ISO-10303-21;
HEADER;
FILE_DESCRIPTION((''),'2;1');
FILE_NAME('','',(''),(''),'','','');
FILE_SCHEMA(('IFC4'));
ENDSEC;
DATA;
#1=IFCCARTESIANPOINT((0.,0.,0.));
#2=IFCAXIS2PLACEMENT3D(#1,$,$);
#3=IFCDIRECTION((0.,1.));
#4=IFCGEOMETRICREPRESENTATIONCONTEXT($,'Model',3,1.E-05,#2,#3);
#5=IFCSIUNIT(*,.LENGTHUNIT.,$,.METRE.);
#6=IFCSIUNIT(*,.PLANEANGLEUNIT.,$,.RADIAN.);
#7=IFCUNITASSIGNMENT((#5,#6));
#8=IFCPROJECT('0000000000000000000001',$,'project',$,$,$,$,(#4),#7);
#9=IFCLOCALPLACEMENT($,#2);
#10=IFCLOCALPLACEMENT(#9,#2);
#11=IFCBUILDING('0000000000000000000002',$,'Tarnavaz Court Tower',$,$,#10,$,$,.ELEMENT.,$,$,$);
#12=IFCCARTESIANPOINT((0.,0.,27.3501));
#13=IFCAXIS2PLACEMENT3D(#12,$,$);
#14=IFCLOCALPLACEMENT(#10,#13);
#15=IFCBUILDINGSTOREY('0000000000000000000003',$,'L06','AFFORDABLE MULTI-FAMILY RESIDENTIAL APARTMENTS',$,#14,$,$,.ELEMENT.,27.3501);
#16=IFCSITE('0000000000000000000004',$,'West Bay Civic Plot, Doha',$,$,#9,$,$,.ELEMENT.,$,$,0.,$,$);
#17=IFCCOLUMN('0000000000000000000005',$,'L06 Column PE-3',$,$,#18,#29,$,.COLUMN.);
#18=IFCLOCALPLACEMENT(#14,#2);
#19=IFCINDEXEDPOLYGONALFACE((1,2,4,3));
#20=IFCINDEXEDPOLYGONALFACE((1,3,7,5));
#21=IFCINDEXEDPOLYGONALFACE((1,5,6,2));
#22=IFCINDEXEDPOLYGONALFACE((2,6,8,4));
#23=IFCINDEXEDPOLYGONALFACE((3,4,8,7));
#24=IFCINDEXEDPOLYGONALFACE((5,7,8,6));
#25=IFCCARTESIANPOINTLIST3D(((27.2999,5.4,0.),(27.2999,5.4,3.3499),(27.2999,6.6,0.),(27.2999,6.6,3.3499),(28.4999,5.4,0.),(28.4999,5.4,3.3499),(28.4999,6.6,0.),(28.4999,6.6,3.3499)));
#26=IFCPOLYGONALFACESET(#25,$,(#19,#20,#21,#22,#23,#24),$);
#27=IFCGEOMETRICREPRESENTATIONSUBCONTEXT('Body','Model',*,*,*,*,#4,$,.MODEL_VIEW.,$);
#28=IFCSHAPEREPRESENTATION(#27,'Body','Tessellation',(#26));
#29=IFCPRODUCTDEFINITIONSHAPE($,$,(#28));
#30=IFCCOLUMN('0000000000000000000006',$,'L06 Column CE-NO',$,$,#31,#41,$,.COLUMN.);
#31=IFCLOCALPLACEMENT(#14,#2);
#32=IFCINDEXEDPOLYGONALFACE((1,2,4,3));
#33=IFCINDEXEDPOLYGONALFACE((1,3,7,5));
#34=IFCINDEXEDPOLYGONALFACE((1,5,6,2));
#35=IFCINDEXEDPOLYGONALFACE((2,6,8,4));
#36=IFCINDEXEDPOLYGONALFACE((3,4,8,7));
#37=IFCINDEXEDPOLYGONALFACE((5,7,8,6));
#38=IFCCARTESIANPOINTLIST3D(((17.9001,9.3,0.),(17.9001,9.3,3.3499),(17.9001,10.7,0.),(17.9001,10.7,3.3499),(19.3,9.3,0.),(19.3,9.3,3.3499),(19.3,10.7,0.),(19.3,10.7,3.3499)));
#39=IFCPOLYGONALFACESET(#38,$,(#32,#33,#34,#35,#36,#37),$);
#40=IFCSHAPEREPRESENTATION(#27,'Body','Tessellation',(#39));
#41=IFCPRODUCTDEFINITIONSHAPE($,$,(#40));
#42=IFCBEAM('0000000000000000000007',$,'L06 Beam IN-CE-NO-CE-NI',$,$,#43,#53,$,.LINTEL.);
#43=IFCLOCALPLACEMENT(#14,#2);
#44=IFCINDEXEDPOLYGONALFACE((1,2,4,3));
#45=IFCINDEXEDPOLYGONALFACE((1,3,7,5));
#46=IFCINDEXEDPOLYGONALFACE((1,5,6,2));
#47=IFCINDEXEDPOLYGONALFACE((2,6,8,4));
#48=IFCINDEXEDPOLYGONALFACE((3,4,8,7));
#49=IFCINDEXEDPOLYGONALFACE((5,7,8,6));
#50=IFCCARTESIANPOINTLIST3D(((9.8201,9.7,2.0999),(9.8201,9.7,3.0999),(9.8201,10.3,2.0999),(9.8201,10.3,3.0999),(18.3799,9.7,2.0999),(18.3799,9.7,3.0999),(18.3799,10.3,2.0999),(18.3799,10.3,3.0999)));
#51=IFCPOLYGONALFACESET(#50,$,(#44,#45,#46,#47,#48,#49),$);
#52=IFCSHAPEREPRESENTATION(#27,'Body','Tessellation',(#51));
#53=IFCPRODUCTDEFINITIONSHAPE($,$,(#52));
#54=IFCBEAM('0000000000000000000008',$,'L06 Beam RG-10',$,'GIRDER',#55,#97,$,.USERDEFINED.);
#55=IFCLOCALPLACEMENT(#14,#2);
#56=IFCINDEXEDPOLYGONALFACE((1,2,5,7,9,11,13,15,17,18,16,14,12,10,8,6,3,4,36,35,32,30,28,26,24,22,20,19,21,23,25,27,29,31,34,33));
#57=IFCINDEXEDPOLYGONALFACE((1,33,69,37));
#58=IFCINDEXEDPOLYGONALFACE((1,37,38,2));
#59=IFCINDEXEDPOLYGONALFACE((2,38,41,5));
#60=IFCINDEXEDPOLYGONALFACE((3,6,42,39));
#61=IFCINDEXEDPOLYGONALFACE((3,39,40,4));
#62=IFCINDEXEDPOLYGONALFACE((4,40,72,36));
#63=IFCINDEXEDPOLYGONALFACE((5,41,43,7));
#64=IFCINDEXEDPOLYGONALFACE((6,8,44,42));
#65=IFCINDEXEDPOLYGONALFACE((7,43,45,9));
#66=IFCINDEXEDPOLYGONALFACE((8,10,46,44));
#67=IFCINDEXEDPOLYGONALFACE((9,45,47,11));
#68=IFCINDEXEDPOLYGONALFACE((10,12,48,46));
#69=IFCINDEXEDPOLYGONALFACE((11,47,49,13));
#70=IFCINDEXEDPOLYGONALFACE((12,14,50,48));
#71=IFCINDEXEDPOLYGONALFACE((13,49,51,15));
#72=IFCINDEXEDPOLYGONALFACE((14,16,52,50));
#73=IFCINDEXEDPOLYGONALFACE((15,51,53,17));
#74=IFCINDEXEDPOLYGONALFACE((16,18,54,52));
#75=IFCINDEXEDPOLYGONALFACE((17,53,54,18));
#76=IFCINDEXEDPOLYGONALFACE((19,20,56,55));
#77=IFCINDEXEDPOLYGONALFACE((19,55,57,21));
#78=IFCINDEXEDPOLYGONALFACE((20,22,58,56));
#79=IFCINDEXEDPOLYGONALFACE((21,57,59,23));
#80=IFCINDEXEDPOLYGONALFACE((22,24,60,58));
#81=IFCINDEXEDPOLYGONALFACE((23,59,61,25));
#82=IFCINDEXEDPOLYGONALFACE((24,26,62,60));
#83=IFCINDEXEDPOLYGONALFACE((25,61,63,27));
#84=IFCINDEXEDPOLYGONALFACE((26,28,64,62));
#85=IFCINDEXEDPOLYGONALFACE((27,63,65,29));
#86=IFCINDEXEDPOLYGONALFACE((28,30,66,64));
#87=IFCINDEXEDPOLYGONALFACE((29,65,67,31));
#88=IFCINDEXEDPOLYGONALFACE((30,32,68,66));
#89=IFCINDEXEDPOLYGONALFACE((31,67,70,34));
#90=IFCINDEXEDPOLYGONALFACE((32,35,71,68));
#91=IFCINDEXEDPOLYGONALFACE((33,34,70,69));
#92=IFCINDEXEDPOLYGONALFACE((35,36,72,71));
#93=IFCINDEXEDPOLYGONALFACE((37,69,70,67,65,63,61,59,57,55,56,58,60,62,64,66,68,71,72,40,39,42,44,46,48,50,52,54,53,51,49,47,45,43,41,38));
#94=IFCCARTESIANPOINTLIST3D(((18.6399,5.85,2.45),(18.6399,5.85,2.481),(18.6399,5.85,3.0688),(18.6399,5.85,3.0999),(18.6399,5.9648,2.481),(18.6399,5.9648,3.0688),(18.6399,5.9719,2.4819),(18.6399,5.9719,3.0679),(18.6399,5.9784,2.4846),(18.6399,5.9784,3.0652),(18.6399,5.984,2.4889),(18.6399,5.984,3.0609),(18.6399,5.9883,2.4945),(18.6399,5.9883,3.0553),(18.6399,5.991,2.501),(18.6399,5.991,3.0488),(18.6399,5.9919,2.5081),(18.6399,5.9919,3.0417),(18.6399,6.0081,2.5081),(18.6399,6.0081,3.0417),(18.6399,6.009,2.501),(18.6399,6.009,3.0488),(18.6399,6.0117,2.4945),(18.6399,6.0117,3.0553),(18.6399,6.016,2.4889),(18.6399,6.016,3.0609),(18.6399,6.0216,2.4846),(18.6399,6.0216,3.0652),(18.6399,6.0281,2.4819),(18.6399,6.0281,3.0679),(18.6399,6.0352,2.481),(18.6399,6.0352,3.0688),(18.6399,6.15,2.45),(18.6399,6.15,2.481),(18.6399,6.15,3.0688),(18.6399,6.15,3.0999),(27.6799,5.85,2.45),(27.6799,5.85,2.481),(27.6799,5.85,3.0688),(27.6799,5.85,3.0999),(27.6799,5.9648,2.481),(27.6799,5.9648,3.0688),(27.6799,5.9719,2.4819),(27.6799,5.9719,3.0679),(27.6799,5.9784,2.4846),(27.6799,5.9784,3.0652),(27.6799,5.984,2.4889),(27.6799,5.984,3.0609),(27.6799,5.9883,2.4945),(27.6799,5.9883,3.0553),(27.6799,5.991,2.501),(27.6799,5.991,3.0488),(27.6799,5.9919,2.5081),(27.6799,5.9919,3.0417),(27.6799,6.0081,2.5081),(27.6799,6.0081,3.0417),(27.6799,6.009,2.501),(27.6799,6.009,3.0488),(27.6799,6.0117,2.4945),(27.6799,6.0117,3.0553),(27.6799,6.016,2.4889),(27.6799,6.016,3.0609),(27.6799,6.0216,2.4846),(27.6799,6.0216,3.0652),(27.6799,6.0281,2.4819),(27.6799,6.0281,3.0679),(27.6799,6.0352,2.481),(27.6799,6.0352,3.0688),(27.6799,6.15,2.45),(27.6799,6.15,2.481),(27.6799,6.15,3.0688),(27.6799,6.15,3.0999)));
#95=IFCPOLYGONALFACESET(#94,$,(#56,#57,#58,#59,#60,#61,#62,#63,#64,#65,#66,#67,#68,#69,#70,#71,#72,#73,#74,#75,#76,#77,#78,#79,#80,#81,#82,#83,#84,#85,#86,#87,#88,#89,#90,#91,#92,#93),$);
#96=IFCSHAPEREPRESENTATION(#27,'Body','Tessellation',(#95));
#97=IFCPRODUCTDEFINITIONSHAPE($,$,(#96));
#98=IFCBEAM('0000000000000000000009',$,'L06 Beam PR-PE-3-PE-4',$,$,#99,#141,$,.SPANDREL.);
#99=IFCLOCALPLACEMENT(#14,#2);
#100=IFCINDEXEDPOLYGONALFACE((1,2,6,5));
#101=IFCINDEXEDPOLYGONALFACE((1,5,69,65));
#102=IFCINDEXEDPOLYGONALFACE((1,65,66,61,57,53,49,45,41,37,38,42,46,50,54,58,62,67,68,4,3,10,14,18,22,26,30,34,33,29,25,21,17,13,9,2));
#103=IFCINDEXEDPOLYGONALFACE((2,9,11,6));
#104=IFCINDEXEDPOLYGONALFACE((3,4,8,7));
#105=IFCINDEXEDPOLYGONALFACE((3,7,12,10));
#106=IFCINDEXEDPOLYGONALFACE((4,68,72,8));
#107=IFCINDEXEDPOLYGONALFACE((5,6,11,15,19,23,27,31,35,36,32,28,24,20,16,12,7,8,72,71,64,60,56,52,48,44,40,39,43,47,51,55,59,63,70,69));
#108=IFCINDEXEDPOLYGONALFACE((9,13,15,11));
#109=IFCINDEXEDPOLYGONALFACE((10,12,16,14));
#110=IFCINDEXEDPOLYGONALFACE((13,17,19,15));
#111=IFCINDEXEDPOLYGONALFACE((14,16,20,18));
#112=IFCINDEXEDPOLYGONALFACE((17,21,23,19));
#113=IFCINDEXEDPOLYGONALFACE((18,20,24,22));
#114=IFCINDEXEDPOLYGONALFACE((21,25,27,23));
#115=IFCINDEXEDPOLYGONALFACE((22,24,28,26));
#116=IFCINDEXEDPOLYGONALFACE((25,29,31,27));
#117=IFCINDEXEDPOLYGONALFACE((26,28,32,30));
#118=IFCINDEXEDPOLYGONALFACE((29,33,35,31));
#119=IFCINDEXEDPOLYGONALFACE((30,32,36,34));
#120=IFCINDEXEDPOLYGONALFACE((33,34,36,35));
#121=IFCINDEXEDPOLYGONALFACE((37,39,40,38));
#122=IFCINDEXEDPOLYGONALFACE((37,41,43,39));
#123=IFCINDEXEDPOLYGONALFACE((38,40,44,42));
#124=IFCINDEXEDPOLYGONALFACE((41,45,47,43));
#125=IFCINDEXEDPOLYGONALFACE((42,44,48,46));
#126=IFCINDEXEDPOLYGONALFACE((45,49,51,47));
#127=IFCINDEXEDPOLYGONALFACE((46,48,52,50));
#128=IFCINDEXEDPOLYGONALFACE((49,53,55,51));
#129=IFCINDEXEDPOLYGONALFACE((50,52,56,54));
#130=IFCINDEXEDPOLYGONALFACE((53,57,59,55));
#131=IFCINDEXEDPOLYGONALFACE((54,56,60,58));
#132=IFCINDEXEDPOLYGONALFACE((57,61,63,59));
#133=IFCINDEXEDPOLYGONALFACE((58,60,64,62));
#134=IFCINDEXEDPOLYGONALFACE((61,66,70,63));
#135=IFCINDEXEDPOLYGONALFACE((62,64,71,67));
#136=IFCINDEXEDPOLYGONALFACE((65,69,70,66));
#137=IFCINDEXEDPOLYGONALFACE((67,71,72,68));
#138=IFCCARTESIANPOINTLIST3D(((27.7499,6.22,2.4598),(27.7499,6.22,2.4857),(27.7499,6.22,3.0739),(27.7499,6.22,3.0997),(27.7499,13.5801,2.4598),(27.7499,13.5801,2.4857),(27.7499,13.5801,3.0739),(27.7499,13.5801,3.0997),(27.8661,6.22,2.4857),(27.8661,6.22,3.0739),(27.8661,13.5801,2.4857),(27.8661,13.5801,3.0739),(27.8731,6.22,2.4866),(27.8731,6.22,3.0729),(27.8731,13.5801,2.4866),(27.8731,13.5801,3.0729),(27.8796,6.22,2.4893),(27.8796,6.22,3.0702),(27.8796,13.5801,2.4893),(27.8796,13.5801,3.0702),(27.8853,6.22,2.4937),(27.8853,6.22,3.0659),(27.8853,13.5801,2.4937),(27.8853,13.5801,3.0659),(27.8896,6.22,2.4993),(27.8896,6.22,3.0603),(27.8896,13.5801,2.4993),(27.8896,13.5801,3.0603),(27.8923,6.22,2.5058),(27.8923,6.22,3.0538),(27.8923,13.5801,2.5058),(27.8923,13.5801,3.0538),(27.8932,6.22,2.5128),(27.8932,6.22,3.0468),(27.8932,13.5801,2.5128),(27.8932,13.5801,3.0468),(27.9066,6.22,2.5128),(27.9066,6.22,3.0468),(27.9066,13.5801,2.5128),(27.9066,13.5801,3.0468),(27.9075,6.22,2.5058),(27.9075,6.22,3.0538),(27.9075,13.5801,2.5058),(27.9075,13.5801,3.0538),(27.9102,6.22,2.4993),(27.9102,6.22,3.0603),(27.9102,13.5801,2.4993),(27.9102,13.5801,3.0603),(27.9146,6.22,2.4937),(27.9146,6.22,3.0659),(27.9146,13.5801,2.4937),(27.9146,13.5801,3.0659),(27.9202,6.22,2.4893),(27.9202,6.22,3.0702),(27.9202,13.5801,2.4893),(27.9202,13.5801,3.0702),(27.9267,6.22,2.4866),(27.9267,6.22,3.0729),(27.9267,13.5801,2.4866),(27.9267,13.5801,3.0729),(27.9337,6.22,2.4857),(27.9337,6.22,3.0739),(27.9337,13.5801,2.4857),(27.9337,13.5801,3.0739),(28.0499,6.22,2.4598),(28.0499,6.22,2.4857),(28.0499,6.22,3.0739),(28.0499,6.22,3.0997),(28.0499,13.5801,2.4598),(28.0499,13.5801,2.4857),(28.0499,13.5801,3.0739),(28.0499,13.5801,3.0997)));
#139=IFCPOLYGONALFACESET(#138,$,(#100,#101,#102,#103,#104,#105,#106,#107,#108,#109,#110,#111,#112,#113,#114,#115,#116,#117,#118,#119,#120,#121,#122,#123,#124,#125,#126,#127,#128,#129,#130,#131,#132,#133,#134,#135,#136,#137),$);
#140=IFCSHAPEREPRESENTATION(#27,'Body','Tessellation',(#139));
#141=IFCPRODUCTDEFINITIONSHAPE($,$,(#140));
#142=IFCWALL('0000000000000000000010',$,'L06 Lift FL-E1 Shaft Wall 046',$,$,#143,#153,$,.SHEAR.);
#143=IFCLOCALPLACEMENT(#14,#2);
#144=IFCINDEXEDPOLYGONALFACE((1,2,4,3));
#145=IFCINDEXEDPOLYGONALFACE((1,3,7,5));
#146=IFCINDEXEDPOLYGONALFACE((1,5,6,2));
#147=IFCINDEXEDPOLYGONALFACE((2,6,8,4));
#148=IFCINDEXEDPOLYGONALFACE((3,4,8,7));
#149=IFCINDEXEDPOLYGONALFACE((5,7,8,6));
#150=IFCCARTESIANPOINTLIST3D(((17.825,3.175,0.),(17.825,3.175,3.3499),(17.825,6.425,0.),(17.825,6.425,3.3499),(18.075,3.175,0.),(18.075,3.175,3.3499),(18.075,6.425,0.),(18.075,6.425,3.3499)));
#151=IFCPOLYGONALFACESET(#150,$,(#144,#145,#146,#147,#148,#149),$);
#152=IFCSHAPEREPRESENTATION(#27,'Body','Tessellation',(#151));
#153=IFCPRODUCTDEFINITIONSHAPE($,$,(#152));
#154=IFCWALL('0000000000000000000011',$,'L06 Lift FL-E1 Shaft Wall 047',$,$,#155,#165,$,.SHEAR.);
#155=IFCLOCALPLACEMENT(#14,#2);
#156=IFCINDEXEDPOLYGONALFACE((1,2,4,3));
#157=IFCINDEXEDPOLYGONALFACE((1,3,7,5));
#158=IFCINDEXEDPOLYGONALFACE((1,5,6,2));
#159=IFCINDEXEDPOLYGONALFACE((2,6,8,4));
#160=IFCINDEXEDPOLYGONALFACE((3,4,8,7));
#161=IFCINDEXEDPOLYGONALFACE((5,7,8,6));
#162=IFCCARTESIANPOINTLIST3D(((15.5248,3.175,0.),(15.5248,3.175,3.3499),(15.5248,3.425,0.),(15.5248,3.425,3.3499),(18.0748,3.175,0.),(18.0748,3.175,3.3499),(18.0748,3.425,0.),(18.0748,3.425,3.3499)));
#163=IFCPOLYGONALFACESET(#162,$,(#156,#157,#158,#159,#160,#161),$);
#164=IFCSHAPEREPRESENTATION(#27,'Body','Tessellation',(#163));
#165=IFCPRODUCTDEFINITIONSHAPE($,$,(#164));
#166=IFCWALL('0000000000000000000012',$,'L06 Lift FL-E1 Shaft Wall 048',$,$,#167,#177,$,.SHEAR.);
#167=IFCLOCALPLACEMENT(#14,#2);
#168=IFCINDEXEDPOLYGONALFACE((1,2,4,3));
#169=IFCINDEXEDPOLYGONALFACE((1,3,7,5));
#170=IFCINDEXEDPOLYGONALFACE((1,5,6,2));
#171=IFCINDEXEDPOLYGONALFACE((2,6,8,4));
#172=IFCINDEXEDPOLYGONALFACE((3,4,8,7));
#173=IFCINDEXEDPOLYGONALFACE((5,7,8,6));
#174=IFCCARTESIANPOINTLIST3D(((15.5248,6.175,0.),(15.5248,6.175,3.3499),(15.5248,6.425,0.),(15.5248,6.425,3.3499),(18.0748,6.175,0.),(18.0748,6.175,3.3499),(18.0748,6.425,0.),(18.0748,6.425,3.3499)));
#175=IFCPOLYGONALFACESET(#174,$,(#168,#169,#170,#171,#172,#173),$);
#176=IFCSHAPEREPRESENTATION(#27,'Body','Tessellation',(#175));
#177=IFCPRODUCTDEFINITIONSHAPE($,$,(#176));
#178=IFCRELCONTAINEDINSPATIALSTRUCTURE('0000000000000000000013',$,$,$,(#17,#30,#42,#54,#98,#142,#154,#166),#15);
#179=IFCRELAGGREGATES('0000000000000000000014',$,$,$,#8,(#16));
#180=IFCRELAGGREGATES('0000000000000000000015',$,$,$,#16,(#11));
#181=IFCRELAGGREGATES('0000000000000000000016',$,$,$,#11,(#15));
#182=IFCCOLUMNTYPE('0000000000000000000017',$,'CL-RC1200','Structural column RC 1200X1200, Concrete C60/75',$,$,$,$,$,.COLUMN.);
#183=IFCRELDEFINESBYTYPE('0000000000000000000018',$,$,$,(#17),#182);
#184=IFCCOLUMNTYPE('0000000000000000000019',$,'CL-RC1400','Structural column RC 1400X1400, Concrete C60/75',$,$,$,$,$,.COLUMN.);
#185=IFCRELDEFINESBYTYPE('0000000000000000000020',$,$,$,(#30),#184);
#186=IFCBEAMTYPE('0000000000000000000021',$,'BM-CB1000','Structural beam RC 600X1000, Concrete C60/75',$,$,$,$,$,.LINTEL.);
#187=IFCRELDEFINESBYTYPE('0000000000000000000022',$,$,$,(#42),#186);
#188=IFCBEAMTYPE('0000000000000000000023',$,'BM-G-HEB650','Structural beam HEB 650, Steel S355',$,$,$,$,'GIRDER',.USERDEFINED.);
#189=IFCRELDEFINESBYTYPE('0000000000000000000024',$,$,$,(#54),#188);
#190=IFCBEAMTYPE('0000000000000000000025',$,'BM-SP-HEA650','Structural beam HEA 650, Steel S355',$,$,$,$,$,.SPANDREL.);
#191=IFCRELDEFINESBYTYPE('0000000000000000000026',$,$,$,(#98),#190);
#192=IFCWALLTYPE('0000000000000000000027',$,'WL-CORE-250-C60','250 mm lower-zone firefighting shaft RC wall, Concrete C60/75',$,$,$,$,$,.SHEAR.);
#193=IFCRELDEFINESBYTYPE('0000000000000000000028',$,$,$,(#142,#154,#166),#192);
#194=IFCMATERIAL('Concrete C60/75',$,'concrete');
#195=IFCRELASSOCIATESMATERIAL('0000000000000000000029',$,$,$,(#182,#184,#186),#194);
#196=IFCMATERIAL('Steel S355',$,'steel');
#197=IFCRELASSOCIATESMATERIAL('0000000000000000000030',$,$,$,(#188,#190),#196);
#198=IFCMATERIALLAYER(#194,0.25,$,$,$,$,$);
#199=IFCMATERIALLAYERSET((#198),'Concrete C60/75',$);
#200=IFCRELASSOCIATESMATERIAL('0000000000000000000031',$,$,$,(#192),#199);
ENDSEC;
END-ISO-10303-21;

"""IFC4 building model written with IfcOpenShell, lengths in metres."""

from ifc_helpers import new_model, si_unit, direction, frame, frame_2d, origin, origin_2d, place, context, subcontext, project, spatial, rectangle, i_section, extrude, material, layer, layer_set, material_profile, profile_set, type_object, element, save


model = new_model("IFC4")

# Units and contexts
model_context = context("Model", 3, precision=1e-05, world=origin(), true_north=direction((0.0, 1.0)))
body_context = subcontext(model_context, "Body", "Model", "MODEL_VIEW")
ifc_project = project(units=[si_unit("LENGTHUNIT", "METRE"), si_unit("PLANEANGLEUNIT", "RADIAN")], contexts=[model_context])

# Site, building, storey
site_placement = place(None, origin())
site = spatial("IfcSite", under=ifc_project, at=site_placement, Name="West Bay Civic Plot, Doha", CompositionType="ELEMENT", RefElevation=0.0)
building_placement = place(site_placement, origin())
building = spatial("IfcBuilding", under=site, at=building_placement, Name="Tarnavaz Court Tower", CompositionType="ELEMENT")
storey_placement = place(building_placement, frame((0.0, 0.0, 27.3501)))
storey = spatial("IfcBuildingStorey", under=building, at=storey_placement, Name="L06", Description="AFFORDABLE MULTI-FAMILY RESIDENTIAL APARTMENTS", CompositionType="ELEMENT", Elevation=27.3501)

# Columns
ifc_material_1 = material(Name="Concrete C60/75", Category="concrete")
ifc_material_profile_1 = material_profile(ifc_material_1, rectangle(XDim=1.2, YDim=1.2, at=origin_2d()), Name="RC 1200X1200")
ifc_profile_set_1 = profile_set([ifc_material_profile_1], Name="Concrete C60/75")
column_type_1 = type_object("IfcColumnType", Name="CL-RC1200", Description="Structural column RC 1200X1200, Concrete C60/75", PredefinedType="COLUMN", material=ifc_profile_set_1)
column_1_placement = place(storey_placement, frame((27.8999, 6.0, 0.0), z_axis=(0.0, 0.0, 1.0), x_axis=(1.0, 0.0, 0.0)))
element("IfcColumn", 1, at=column_1_placement, inside=storey, type_object=column_type_1, Name="L06 Column PE-3", PredefinedType="COLUMN", context=body_context, shape_type="SweptSolid", body=[
    extrude(rectangle(XDim=1.2, YDim=1.2, at=origin_2d()), origin(), (0.0, 0.0, 1.0), 3.3499),
])
ifc_material_profile_2 = material_profile(ifc_material_1, rectangle(XDim=1.3999, YDim=1.3999, at=origin_2d()), Name="RC 1400X1400")
ifc_profile_set_2 = profile_set([ifc_material_profile_2], Name="Concrete C60/75")
column_type_2 = type_object("IfcColumnType", Name="CL-RC1400", Description="Structural column RC 1400X1400, Concrete C60/75", PredefinedType="COLUMN", material=ifc_profile_set_2)
column_2_placement = place(storey_placement, frame((18.6001, 10.0, 0.0), z_axis=(0.0, 0.0, 1.0), x_axis=(1.0, 0.0, 0.0)))
element("IfcColumn", 2, at=column_2_placement, inside=storey, type_object=column_type_2, Name="L06 Column CE-NO", PredefinedType="COLUMN", context=body_context, shape_type="SweptSolid", body=[
    extrude(rectangle(XDim=1.3999, YDim=1.3999, at=origin_2d()), origin(), (0.0, 0.0, 1.0), 3.3499),
])

# Beams
ifc_material_profile_3 = material_profile(ifc_material_1, rectangle(XDim=0.6001, YDim=1.0, at=origin_2d()), Name="RC 600X1000")
ifc_profile_set_3 = profile_set([ifc_material_profile_3], Name="Concrete C60/75")
beam_type_1 = type_object("IfcBeamType", Name="BM-CB1000", Description="Structural beam RC 600X1000, Concrete C60/75", PredefinedType="LINTEL", material=ifc_profile_set_3)
beam_1_placement = place(storey_placement, frame((18.3799, 10.0, 2.5999), z_axis=(-1.0, 0.0, 0.0), x_axis=(0.0, -1.0, 0.0)))
element("IfcBeam", 3, at=beam_1_placement, inside=storey, type_object=beam_type_1, Name="L06 Beam IN-CE-NO-CE-NI", PredefinedType="LINTEL", context=body_context, shape_type="SweptSolid", body=[
    extrude(rectangle(XDim=0.6001, YDim=1.0, at=origin_2d()), origin(), (0.0, 0.0, 1.0), 8.5598),
])
ifc_material_2 = material(Name="Steel S355", Category="steel")
ifc_material_profile_4 = material_profile(ifc_material_2, i_section(OverallWidth=0.3, OverallDepth=0.6499, WebThickness=0.0161, FlangeThickness=0.031, FilletRadius=0.0271, at=origin_2d()), Name="HEB 650")
ifc_profile_set_4 = profile_set([ifc_material_profile_4], Name="Steel S355")
beam_type_2 = type_object("IfcBeamType", Name="BM-G-HEB650", Description="Structural beam HEB 650, Steel S355", ElementType="GIRDER", PredefinedType="USERDEFINED", material=ifc_profile_set_4)
beam_2_placement = place(storey_placement, frame((18.6399, 6.0, 2.7749), z_axis=(1.0, 0.0, 0.0), x_axis=(0.0, 1.0, 0.0)))
element("IfcBeam", 4, at=beam_2_placement, inside=storey, type_object=beam_type_2, Name="L06 Beam RG-10", ObjectType="GIRDER", PredefinedType="USERDEFINED", context=body_context, shape_type="SweptSolid", body=[
    extrude(i_section(OverallWidth=0.3, OverallDepth=0.6499, WebThickness=0.0161, FlangeThickness=0.031, FilletRadius=0.0271, at=origin_2d()), origin(), (0.0, 0.0, 1.0), 9.04),
])
ifc_material_profile_5 = material_profile(ifc_material_2, i_section(OverallWidth=0.3, OverallDepth=0.6399, WebThickness=0.0134, FlangeThickness=0.0259, FilletRadius=0.0271, at=origin_2d()), Name="HEA 650")
ifc_profile_set_5 = profile_set([ifc_material_profile_5], Name="Steel S355")
beam_type_3 = type_object("IfcBeamType", Name="BM-SP-HEA650", Description="Structural beam HEA 650, Steel S355", PredefinedType="SPANDREL", material=ifc_profile_set_5)
beam_3_placement = place(storey_placement, frame((27.8999, 6.22, 2.7798), z_axis=(0.0, 1.0, 0.0), x_axis=(-1.0, 0.0, 0.0)))
element("IfcBeam", 5, at=beam_3_placement, inside=storey, type_object=beam_type_3, Name="L06 Beam PR-PE-3-PE-4", PredefinedType="SPANDREL", context=body_context, shape_type="SweptSolid", body=[
    extrude(i_section(OverallWidth=0.3, OverallDepth=0.6399, WebThickness=0.0134, FlangeThickness=0.0259, FilletRadius=0.0271, at=origin_2d()), origin(), (0.0, 0.0, 1.0), 7.3601),
])

# Shared definitions
ifc_layer_1 = layer(ifc_material_1, 0.25)
ifc_layer_set_1 = layer_set([ifc_layer_1], Name="Concrete C60/75")
wall_type_1 = type_object("IfcWallType", Name="WL-CORE-250-C60", Description="250 mm lower-zone firefighting shaft RC wall, Concrete C60/75", PredefinedType="SHEAR", material=ifc_layer_set_1)

# Walls
wall_1_placement = place(storey_placement, frame((17.95, 3.175, 0.0), z_axis=(0.0, 0.0, 1.0), x_axis=(0.0, 1.0, 0.0)))
element("IfcWall", 6, at=wall_1_placement, inside=storey, type_object=wall_type_1, Name="L06 Lift FL-E1 Shaft Wall 046", PredefinedType="SHEAR", context=body_context, shape_type="SweptSolid", body=[
    extrude(rectangle(XDim=3.25, YDim=0.25, at=frame_2d((1.625, 0.0))), origin(), (0.0, 0.0, 1.0), 3.3499),
])
for number, where, z_axis, x_axis, name in (
    (7, (15.5249, 3.3, 0.0), (0.0, 0.0, 1.0), (1.0, 0.0, 0.0), "L06 Lift FL-E1 Shaft Wall 047"),
    (8, (15.5249, 6.3, 0.0), (0.0, 0.0, 1.0), (1.0, 0.0, 0.0), "L06 Lift FL-E1 Shaft Wall 048"),
):
    element("IfcWall", number, at=place(storey_placement, frame(where, z_axis=z_axis, x_axis=x_axis)), inside=storey, type_object=wall_type_1, Name=name, PredefinedType="SHEAR", context=body_context, shape_type="SweptSolid", body=[
        extrude(rectangle(XDim=2.55, YDim=0.25, at=frame_2d((1.2749, 0.0))), origin(), (0.0, 0.0, 1.0), 3.3499),
    ])

save(model, "model.ifc")
